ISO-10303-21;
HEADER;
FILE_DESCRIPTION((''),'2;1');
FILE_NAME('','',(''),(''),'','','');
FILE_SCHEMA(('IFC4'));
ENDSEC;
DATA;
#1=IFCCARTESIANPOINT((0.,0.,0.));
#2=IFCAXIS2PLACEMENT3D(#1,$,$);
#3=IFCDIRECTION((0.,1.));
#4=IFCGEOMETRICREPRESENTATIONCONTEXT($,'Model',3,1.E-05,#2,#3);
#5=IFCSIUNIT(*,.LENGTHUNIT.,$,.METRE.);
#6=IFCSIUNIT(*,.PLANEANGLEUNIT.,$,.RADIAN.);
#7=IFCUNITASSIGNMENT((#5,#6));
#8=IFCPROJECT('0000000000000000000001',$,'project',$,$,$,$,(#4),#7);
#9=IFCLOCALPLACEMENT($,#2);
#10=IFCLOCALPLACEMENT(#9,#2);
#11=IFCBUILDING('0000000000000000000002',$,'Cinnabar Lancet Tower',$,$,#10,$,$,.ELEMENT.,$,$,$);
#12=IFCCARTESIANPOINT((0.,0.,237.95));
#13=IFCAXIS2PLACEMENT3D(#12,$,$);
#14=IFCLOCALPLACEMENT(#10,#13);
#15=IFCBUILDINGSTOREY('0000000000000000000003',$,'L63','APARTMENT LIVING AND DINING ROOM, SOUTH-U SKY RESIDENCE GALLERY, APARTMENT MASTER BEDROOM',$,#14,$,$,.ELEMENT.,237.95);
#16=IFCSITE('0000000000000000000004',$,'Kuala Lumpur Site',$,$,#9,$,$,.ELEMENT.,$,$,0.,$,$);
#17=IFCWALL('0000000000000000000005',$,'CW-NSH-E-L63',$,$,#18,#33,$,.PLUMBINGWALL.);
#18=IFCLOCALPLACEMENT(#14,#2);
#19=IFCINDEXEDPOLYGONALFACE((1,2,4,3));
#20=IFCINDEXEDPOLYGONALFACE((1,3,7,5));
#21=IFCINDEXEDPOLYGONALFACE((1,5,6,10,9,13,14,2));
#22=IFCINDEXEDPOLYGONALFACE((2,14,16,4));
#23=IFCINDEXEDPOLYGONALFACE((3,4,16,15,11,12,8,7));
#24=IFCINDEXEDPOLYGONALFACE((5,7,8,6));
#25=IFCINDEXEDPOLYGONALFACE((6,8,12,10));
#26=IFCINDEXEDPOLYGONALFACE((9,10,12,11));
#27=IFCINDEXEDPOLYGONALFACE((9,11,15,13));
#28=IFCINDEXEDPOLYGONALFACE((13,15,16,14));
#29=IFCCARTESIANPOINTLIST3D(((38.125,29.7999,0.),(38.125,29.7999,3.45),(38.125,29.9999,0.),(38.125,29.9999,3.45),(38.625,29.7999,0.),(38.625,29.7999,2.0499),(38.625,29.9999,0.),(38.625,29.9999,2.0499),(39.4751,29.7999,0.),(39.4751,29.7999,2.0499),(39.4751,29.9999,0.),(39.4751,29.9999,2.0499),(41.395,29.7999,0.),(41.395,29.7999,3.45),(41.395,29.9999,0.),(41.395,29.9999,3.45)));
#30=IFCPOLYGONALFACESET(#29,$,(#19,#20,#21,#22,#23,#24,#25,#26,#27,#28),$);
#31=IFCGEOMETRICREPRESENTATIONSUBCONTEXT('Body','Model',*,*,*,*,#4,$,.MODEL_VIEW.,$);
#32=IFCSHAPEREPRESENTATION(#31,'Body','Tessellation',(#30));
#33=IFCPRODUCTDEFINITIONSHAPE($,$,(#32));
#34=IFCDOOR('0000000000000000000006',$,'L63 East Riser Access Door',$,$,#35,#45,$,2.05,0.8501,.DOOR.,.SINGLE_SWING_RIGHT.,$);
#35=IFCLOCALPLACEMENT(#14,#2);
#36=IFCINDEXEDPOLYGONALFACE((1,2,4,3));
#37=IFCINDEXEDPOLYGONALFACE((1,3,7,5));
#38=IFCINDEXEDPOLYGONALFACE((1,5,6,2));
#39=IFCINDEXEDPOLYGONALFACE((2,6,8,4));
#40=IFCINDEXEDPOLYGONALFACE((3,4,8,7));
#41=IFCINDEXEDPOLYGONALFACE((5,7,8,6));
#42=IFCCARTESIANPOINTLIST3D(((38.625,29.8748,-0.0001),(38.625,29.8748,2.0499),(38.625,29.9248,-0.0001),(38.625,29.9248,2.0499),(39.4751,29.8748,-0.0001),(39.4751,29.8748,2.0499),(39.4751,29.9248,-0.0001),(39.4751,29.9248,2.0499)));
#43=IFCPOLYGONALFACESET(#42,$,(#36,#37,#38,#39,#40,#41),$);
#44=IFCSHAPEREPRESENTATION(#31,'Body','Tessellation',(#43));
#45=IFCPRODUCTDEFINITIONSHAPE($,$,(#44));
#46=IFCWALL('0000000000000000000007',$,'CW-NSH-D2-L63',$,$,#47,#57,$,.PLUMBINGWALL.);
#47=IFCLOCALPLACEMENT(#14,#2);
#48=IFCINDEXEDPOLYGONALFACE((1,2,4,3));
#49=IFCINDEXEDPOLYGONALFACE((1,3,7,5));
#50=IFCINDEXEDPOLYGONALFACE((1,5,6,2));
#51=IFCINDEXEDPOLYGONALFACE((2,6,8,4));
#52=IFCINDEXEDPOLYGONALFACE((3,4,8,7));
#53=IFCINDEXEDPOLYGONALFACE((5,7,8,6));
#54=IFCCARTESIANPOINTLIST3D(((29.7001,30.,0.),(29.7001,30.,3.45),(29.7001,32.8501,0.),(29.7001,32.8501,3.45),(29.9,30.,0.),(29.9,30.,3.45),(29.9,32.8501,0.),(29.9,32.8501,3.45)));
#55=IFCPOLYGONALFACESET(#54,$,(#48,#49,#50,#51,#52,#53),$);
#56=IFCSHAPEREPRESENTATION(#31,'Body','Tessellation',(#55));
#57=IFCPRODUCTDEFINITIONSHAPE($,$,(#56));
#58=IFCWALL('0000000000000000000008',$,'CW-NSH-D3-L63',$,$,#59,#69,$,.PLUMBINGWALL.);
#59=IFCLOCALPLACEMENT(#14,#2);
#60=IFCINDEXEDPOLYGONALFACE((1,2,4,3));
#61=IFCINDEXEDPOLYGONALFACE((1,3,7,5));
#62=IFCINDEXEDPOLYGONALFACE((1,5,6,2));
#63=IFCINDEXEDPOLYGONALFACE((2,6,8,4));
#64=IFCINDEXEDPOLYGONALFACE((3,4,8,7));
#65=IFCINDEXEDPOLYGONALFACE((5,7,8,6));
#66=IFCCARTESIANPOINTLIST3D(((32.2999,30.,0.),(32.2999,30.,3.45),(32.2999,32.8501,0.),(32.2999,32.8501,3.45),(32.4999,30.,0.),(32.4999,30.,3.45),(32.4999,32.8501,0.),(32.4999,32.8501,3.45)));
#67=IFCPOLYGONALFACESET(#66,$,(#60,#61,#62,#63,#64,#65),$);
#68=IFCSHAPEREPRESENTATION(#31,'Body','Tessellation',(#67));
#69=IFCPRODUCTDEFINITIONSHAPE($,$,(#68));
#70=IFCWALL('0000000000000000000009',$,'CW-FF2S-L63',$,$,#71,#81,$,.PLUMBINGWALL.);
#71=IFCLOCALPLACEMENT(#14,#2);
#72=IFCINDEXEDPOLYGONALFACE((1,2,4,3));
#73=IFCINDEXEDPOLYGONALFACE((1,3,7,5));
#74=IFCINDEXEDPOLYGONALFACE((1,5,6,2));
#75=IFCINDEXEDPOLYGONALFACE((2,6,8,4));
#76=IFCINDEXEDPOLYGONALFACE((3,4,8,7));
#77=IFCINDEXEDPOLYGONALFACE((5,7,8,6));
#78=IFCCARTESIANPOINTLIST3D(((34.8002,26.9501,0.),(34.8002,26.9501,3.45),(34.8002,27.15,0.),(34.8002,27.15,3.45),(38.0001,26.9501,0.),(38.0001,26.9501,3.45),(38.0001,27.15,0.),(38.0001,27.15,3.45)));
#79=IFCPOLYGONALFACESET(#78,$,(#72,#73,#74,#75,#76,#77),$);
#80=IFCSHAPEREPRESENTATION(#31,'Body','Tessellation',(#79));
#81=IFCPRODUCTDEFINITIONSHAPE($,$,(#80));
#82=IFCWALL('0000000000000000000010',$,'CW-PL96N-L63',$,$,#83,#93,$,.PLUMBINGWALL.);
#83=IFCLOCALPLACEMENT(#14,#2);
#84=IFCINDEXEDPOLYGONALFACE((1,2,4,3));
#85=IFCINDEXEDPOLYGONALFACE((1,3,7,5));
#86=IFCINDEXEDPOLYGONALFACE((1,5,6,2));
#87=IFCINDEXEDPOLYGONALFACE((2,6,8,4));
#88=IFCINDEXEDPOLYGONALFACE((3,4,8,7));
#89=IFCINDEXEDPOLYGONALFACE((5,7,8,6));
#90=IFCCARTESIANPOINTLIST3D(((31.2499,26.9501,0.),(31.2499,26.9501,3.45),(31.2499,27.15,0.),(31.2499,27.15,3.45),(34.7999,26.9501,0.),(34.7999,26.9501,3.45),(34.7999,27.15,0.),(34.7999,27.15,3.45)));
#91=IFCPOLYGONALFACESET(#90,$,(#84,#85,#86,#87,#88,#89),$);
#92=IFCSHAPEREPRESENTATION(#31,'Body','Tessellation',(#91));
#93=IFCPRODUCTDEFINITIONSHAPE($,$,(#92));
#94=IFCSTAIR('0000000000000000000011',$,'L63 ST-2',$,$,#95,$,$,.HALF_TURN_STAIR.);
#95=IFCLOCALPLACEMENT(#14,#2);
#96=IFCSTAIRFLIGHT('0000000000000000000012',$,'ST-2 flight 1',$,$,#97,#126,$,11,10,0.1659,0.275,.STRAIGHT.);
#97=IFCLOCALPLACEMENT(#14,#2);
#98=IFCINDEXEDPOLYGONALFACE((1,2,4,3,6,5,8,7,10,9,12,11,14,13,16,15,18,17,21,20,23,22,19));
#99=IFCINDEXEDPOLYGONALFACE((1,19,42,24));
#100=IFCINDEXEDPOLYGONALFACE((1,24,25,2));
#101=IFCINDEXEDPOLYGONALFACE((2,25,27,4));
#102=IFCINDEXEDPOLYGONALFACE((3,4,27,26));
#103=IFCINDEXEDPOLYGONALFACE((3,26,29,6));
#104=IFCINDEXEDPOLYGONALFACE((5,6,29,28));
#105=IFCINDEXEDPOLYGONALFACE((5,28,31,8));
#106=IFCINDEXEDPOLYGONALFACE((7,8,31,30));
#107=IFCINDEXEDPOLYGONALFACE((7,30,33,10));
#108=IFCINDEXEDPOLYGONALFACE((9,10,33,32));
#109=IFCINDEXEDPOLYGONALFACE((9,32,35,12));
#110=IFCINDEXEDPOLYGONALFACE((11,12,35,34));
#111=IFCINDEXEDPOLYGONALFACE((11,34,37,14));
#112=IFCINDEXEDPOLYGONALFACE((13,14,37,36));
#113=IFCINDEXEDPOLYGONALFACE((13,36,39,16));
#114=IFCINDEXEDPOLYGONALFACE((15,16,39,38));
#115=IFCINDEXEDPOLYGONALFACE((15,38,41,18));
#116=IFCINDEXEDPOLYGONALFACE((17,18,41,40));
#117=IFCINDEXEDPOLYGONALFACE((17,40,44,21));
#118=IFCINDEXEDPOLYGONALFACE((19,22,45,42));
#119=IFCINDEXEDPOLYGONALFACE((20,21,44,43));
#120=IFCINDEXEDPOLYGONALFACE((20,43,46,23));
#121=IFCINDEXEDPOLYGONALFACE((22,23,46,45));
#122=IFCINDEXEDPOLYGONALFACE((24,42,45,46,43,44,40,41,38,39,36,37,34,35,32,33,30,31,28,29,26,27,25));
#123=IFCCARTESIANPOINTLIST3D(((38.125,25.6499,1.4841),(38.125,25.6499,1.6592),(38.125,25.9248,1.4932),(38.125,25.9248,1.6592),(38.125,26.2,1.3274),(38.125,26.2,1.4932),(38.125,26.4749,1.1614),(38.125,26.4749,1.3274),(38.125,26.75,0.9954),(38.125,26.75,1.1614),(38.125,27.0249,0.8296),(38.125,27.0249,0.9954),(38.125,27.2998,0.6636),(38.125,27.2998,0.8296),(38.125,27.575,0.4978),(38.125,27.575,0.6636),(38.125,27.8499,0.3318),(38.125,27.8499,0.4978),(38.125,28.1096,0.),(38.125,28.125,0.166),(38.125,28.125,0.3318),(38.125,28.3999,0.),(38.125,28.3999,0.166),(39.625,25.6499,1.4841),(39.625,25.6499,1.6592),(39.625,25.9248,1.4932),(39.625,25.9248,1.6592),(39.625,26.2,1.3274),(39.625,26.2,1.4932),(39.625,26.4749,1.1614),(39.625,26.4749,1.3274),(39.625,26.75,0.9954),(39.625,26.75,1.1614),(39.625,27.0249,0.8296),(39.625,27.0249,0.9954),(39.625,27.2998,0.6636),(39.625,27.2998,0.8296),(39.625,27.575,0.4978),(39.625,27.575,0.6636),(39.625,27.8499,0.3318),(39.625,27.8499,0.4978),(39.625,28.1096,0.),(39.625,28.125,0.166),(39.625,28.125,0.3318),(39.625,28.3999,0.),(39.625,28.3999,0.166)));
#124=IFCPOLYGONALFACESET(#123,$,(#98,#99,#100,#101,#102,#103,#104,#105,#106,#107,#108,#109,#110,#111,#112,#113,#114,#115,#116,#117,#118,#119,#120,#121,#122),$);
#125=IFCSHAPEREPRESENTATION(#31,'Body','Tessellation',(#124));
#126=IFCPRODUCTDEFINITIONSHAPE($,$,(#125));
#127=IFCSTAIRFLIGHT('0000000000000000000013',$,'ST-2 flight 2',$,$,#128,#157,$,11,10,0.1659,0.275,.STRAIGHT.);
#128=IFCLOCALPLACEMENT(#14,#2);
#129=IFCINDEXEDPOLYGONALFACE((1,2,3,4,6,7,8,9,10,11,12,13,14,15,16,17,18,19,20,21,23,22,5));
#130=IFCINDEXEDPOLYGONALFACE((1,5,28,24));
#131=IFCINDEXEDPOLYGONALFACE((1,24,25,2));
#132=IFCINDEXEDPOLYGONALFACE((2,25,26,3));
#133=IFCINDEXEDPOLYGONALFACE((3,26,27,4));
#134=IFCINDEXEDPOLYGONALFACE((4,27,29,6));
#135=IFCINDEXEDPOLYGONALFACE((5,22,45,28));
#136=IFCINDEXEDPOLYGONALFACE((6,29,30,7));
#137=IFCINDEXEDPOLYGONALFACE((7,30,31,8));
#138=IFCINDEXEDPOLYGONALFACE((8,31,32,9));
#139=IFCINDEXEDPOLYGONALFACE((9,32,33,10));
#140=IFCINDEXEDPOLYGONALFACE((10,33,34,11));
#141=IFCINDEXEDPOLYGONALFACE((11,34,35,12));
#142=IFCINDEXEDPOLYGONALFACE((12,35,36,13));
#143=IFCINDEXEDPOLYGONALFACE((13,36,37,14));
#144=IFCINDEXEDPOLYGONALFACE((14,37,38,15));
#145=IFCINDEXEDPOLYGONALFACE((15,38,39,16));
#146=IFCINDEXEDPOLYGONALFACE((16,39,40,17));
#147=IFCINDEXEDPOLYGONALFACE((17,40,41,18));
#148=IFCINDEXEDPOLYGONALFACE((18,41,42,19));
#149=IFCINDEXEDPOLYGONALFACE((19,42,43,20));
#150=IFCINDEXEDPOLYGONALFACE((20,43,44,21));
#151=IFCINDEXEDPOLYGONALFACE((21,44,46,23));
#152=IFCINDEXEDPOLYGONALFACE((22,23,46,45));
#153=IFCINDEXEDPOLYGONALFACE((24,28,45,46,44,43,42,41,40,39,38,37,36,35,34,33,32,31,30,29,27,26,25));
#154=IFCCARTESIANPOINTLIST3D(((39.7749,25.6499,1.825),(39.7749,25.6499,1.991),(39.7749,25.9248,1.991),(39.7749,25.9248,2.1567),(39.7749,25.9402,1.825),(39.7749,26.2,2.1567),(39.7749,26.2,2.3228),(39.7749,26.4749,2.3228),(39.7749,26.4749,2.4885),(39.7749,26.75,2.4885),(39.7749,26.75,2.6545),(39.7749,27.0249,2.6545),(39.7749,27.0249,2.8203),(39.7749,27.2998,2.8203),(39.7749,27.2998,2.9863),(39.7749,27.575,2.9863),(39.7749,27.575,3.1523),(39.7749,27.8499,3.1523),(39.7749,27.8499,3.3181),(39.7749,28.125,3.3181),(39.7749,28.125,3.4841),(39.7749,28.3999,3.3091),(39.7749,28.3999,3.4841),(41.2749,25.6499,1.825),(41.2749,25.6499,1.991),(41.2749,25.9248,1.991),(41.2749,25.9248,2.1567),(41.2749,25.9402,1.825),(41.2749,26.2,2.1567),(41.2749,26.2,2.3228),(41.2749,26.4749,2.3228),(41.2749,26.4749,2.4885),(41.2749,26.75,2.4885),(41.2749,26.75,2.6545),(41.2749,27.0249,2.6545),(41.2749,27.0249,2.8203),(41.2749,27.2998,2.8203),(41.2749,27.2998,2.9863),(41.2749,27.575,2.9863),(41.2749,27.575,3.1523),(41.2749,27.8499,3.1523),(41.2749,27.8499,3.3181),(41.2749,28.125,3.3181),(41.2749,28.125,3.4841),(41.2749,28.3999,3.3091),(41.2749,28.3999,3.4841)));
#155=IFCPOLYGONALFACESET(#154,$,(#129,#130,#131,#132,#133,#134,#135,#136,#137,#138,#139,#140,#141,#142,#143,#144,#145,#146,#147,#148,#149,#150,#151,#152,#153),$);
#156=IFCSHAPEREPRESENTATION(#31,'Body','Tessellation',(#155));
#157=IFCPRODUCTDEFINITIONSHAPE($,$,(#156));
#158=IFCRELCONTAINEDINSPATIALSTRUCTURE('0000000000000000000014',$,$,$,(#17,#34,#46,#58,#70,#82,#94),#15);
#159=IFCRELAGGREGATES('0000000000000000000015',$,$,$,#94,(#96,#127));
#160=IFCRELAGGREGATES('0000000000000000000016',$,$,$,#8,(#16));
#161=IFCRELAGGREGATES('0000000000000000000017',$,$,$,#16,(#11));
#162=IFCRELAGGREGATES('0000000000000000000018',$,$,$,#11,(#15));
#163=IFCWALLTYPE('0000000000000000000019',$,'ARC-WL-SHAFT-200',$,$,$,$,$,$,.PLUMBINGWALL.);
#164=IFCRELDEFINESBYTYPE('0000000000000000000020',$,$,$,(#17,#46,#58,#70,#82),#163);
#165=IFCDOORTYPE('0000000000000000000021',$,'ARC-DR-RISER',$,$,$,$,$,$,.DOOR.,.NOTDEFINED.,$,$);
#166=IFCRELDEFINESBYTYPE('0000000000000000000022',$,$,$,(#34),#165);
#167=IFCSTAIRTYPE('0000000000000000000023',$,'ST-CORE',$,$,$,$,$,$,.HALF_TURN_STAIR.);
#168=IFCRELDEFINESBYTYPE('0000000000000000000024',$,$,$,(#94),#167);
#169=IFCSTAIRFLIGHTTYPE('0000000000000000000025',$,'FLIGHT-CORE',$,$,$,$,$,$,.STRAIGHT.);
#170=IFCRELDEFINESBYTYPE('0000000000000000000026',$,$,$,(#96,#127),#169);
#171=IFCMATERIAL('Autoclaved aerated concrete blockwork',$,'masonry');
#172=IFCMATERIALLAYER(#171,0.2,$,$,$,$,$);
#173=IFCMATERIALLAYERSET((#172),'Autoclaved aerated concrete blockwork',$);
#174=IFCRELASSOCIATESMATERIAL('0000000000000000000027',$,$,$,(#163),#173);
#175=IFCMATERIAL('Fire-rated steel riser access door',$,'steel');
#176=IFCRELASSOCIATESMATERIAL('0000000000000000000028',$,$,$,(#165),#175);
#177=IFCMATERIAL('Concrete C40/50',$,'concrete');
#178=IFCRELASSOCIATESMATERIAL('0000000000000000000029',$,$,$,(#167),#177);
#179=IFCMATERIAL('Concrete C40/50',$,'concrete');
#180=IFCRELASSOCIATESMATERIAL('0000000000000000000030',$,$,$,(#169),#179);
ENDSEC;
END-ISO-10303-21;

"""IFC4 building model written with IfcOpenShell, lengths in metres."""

from ifc_helpers import new_model, si_unit, direction, frame, frame_2d, origin, place, context, subcontext, project, spatial, polyline, rectangle, outline, extrude, material, layer, layer_set, type_object, element, fill, aggregate, save


model = new_model("IFC4")

# Units and contexts
model_context = context("Model", 3, precision=1e-05, world=origin(), true_north=direction((0.0, 1.0)))
body_context = subcontext(model_context, "Body", "Model", "MODEL_VIEW")
ifc_project = project(units=[si_unit("LENGTHUNIT", "METRE"), si_unit("PLANEANGLEUNIT", "RADIAN")], contexts=[model_context])

# Site, building, storey
site_placement = place(None, origin())
site = spatial("IfcSite", under=ifc_project, at=site_placement, Name="Kuala Lumpur Site", CompositionType="ELEMENT", RefElevation=0.0)
building_placement = place(site_placement, origin())
building = spatial("IfcBuilding", under=site, at=building_placement, Name="Cinnabar Lancet Tower", CompositionType="ELEMENT")
storey_placement = place(building_placement, frame((0.0, 0.0, 237.95)))
storey = spatial("IfcBuildingStorey", under=building, at=storey_placement, Name="L63", Description="APARTMENT LIVING AND DINING ROOM, SOUTH-U SKY RESIDENCE GALLERY, APARTMENT MASTER BEDROOM", CompositionType="ELEMENT", Elevation=237.95)

# Shared definitions
ifc_material_1 = material(Name="Autoclaved aerated concrete blockwork", Category="masonry")
ifc_layer = layer(ifc_material_1, 0.2)
ifc_layer_set = layer_set([ifc_layer], Name="Autoclaved aerated concrete blockwork")
wall_type = type_object("IfcWallType", Name="ARC-WL-SHAFT-200", PredefinedType="PLUMBINGWALL", material=ifc_layer_set)

# Wall, opening, door
wall_1_placement = place(storey_placement, frame((38.125, 29.8999, 0.0), z_axis=(0.0, 0.0, 1.0), x_axis=(1.0, 0.0, 0.0)))
wall_1 = element("IfcWall", 1, at=wall_1_placement, inside=storey, type_object=wall_type, Name="CW-NSH-E-L63", PredefinedType="PLUMBINGWALL", context=body_context, shape_type="SweptSolid", body=[
    extrude(rectangle(XDim=3.27, YDim=0.2, at=frame_2d((1.635, 0.0))), origin(), (0.0, 0.0, 1.0), 3.45),
])
opening_1_placement = place(wall_1_placement, frame((0.5, 0.0, 0.0)))
opening_1 = element("IfcOpeningElement", 2, at=opening_1_placement, cuts=wall_1, PredefinedType="OPENING", context=body_context, shape_type="SweptSolid", body=[
    extrude(rectangle(XDim=0.8501, YDim=2.05, at=frame_2d((0.425, 1.0249))), frame((0.0, 0.1099, 0.0), z_axis=(0.0, -1.0, 0.0), x_axis=(1.0, 0.0, 0.0)), (0.0, 0.0, 1.0), 0.22),
])
ifc_material_2 = material(Name="Fire-rated steel riser access door", Category="steel")
door_type_1 = type_object("IfcDoorType", Name="ARC-DR-RISER", OperationType="NOTDEFINED", PredefinedType="DOOR", material=ifc_material_2)
door_1_placement = place(opening_1_placement, origin())
door_1 = element("IfcDoor", 3, at=door_1_placement, inside=storey, type_object=door_type_1, Name="L63 East Riser Access Door", OperationType="SINGLE_SWING_RIGHT", OverallHeight=2.05, OverallWidth=0.8501, PredefinedType="DOOR", context=body_context, shape_type="SweptSolid", body=[
    extrude(rectangle(XDim=0.8501, YDim=2.05, at=frame_2d((0.425, 1.0249))), frame((0.0, 0.0249, 0.0), z_axis=(0.0, -1.0, 0.0), x_axis=(1.0, 0.0, 0.0)), (0.0, 0.0, 1.0), 0.05),
])
fill(opening_1, door_1)

# Walls
for number, where, z_axis, x_axis, name in (
    (4, (29.8, 30.0, 0.0), (0.0, 0.0, 1.0), (0.0, 1.0, 0.0), "CW-NSH-D2-L63"),
    (5, (32.3999, 30.0, 0.0), (0.0, 0.0, 1.0), (0.0, 1.0, 0.0), "CW-NSH-D3-L63"),
):
    element("IfcWall", number, at=place(storey_placement, frame(where, z_axis=z_axis, x_axis=x_axis)), inside=storey, type_object=wall_type, Name=name, PredefinedType="PLUMBINGWALL", context=body_context, shape_type="SweptSolid", body=[
        extrude(rectangle(XDim=2.8501, YDim=0.2, at=frame_2d((1.425, 0.0))), origin(), (0.0, 0.0, 1.0), 3.45),
    ])

# Walls
wall_2_placement = place(storey_placement, frame((34.8, 27.05, 0.0), z_axis=(0.0, 0.0, 1.0), x_axis=(1.0, 0.0, 0.0)))
element("IfcWall", 6, at=wall_2_placement, inside=storey, type_object=wall_type, Name="CW-FF2S-L63", PredefinedType="PLUMBINGWALL", context=body_context, shape_type="SweptSolid", body=[
    extrude(rectangle(XDim=3.2, YDim=0.2, at=frame_2d((1.6001, 0.0))), origin(), (0.0, 0.0, 1.0), 3.45),
])
wall_3_placement = place(storey_placement, frame((31.25, 27.05, 0.0), z_axis=(0.0, 0.0, 1.0), x_axis=(1.0, 0.0, 0.0)))
element("IfcWall", 7, at=wall_3_placement, inside=storey, type_object=wall_type, Name="CW-PL96N-L63", PredefinedType="PLUMBINGWALL", context=body_context, shape_type="SweptSolid", body=[
    extrude(rectangle(XDim=3.55, YDim=0.2, at=frame_2d((1.7749, 0.0))), origin(), (0.0, 0.0, 1.0), 3.45),
])

# Stair, stair flights
ifc_material_3 = material(Name="Concrete C40/50", Category="concrete")
stair_type = type_object("IfcStairType", Name="ST-CORE", PredefinedType="HALF_TURN_STAIR", material=ifc_material_3)
stair_placement = place(storey_placement, origin())
stair = element("IfcStair", 8, at=stair_placement, inside=storey, type_object=stair_type, Name="L63 ST-2", PredefinedType="HALF_TURN_STAIR")
ifc_material_4 = material(Name="Concrete C40/50", Category="concrete")
stair_flight_type = type_object("IfcStairFlightType", Name="FLIGHT-CORE", PredefinedType="STRAIGHT", material=ifc_material_4)
stair_flight_1_placement = place(storey_placement, frame((38.875, 28.3999, 0.0), z_axis=(0.0, 0.0, 1.0), x_axis=(0.0, -1.0, 0.0)))
stair_flight_1 = element("IfcStairFlight", 9, at=stair_flight_1_placement, type_object=stair_flight_type, Name="ST-2 flight 1", NumberOfRisers=11, NumberOfTreads=10, PredefinedType="STRAIGHT", RiserHeight=0.1659, TreadLength=0.275, context=body_context, shape_type="SweptSolid", body=[
    extrude(outline(polyline([(0.0, 0.0), (0.0, 0.166), (0.2749, 0.166), (0.2749, 0.3318), (0.55, 0.3318), (0.55, 0.4978), (0.825, 0.4978), (0.825, 0.6636), (1.1001, 0.6636), (1.1001, 0.8296), (1.375, 0.8296), (1.375, 0.9954), (1.6499, 0.9954), (1.6499, 1.1614), (1.925, 1.1614), (1.925, 1.3274), (2.2, 1.3274), (2.2, 1.4932), (2.4751, 1.4932), (2.4751, 1.6592), (2.75, 1.6592), (2.75, 1.825), (2.75, 1.4841), (0.2903, 0.0), (0.0, 0.0)])), frame((0.0, 0.75, 0.0), z_axis=(0.0, -1.0, 0.0), x_axis=(1.0, 0.0, 0.0)), (0.0, 0.0, 1.0), 1.5),
])
stair_flight_2_placement = place(storey_placement, frame((40.5249, 25.6499, 1.825), z_axis=(0.0, 0.0, 1.0), x_axis=(0.0, 1.0, 0.0)))
stair_flight_2 = element("IfcStairFlight", 10, at=stair_flight_2_placement, type_object=stair_flight_type, Name="ST-2 flight 2", NumberOfRisers=11, NumberOfTreads=10, PredefinedType="STRAIGHT", RiserHeight=0.1659, TreadLength=0.275, context=body_context, shape_type="SweptSolid", body=[
    extrude(outline(polyline([(0.0, 0.0), (0.0, 0.166), (0.2749, 0.166), (0.2749, 0.3318), (0.55, 0.3318), (0.55, 0.4978), (0.825, 0.4978), (0.825, 0.6636), (1.1001, 0.6636), (1.1001, 0.8296), (1.375, 0.8296), (1.375, 0.9954), (1.6499, 0.9954), (1.6499, 1.1614), (1.925, 1.1614), (1.925, 1.3274), (2.2, 1.3274), (2.2, 1.4932), (2.4751, 1.4932), (2.4751, 1.6592), (2.75, 1.6592), (2.75, 1.825), (2.75, 1.4841), (0.2903, 0.0), (0.0, 0.0)])), frame((0.0, 0.75, 0.0), z_axis=(0.0, -1.0, 0.0), x_axis=(1.0, 0.0, 0.0)), (0.0, 0.0, 1.0), 1.5),
])
aggregate(stair, [stair_flight_1, stair_flight_2])

save(model, "model.ifc")
